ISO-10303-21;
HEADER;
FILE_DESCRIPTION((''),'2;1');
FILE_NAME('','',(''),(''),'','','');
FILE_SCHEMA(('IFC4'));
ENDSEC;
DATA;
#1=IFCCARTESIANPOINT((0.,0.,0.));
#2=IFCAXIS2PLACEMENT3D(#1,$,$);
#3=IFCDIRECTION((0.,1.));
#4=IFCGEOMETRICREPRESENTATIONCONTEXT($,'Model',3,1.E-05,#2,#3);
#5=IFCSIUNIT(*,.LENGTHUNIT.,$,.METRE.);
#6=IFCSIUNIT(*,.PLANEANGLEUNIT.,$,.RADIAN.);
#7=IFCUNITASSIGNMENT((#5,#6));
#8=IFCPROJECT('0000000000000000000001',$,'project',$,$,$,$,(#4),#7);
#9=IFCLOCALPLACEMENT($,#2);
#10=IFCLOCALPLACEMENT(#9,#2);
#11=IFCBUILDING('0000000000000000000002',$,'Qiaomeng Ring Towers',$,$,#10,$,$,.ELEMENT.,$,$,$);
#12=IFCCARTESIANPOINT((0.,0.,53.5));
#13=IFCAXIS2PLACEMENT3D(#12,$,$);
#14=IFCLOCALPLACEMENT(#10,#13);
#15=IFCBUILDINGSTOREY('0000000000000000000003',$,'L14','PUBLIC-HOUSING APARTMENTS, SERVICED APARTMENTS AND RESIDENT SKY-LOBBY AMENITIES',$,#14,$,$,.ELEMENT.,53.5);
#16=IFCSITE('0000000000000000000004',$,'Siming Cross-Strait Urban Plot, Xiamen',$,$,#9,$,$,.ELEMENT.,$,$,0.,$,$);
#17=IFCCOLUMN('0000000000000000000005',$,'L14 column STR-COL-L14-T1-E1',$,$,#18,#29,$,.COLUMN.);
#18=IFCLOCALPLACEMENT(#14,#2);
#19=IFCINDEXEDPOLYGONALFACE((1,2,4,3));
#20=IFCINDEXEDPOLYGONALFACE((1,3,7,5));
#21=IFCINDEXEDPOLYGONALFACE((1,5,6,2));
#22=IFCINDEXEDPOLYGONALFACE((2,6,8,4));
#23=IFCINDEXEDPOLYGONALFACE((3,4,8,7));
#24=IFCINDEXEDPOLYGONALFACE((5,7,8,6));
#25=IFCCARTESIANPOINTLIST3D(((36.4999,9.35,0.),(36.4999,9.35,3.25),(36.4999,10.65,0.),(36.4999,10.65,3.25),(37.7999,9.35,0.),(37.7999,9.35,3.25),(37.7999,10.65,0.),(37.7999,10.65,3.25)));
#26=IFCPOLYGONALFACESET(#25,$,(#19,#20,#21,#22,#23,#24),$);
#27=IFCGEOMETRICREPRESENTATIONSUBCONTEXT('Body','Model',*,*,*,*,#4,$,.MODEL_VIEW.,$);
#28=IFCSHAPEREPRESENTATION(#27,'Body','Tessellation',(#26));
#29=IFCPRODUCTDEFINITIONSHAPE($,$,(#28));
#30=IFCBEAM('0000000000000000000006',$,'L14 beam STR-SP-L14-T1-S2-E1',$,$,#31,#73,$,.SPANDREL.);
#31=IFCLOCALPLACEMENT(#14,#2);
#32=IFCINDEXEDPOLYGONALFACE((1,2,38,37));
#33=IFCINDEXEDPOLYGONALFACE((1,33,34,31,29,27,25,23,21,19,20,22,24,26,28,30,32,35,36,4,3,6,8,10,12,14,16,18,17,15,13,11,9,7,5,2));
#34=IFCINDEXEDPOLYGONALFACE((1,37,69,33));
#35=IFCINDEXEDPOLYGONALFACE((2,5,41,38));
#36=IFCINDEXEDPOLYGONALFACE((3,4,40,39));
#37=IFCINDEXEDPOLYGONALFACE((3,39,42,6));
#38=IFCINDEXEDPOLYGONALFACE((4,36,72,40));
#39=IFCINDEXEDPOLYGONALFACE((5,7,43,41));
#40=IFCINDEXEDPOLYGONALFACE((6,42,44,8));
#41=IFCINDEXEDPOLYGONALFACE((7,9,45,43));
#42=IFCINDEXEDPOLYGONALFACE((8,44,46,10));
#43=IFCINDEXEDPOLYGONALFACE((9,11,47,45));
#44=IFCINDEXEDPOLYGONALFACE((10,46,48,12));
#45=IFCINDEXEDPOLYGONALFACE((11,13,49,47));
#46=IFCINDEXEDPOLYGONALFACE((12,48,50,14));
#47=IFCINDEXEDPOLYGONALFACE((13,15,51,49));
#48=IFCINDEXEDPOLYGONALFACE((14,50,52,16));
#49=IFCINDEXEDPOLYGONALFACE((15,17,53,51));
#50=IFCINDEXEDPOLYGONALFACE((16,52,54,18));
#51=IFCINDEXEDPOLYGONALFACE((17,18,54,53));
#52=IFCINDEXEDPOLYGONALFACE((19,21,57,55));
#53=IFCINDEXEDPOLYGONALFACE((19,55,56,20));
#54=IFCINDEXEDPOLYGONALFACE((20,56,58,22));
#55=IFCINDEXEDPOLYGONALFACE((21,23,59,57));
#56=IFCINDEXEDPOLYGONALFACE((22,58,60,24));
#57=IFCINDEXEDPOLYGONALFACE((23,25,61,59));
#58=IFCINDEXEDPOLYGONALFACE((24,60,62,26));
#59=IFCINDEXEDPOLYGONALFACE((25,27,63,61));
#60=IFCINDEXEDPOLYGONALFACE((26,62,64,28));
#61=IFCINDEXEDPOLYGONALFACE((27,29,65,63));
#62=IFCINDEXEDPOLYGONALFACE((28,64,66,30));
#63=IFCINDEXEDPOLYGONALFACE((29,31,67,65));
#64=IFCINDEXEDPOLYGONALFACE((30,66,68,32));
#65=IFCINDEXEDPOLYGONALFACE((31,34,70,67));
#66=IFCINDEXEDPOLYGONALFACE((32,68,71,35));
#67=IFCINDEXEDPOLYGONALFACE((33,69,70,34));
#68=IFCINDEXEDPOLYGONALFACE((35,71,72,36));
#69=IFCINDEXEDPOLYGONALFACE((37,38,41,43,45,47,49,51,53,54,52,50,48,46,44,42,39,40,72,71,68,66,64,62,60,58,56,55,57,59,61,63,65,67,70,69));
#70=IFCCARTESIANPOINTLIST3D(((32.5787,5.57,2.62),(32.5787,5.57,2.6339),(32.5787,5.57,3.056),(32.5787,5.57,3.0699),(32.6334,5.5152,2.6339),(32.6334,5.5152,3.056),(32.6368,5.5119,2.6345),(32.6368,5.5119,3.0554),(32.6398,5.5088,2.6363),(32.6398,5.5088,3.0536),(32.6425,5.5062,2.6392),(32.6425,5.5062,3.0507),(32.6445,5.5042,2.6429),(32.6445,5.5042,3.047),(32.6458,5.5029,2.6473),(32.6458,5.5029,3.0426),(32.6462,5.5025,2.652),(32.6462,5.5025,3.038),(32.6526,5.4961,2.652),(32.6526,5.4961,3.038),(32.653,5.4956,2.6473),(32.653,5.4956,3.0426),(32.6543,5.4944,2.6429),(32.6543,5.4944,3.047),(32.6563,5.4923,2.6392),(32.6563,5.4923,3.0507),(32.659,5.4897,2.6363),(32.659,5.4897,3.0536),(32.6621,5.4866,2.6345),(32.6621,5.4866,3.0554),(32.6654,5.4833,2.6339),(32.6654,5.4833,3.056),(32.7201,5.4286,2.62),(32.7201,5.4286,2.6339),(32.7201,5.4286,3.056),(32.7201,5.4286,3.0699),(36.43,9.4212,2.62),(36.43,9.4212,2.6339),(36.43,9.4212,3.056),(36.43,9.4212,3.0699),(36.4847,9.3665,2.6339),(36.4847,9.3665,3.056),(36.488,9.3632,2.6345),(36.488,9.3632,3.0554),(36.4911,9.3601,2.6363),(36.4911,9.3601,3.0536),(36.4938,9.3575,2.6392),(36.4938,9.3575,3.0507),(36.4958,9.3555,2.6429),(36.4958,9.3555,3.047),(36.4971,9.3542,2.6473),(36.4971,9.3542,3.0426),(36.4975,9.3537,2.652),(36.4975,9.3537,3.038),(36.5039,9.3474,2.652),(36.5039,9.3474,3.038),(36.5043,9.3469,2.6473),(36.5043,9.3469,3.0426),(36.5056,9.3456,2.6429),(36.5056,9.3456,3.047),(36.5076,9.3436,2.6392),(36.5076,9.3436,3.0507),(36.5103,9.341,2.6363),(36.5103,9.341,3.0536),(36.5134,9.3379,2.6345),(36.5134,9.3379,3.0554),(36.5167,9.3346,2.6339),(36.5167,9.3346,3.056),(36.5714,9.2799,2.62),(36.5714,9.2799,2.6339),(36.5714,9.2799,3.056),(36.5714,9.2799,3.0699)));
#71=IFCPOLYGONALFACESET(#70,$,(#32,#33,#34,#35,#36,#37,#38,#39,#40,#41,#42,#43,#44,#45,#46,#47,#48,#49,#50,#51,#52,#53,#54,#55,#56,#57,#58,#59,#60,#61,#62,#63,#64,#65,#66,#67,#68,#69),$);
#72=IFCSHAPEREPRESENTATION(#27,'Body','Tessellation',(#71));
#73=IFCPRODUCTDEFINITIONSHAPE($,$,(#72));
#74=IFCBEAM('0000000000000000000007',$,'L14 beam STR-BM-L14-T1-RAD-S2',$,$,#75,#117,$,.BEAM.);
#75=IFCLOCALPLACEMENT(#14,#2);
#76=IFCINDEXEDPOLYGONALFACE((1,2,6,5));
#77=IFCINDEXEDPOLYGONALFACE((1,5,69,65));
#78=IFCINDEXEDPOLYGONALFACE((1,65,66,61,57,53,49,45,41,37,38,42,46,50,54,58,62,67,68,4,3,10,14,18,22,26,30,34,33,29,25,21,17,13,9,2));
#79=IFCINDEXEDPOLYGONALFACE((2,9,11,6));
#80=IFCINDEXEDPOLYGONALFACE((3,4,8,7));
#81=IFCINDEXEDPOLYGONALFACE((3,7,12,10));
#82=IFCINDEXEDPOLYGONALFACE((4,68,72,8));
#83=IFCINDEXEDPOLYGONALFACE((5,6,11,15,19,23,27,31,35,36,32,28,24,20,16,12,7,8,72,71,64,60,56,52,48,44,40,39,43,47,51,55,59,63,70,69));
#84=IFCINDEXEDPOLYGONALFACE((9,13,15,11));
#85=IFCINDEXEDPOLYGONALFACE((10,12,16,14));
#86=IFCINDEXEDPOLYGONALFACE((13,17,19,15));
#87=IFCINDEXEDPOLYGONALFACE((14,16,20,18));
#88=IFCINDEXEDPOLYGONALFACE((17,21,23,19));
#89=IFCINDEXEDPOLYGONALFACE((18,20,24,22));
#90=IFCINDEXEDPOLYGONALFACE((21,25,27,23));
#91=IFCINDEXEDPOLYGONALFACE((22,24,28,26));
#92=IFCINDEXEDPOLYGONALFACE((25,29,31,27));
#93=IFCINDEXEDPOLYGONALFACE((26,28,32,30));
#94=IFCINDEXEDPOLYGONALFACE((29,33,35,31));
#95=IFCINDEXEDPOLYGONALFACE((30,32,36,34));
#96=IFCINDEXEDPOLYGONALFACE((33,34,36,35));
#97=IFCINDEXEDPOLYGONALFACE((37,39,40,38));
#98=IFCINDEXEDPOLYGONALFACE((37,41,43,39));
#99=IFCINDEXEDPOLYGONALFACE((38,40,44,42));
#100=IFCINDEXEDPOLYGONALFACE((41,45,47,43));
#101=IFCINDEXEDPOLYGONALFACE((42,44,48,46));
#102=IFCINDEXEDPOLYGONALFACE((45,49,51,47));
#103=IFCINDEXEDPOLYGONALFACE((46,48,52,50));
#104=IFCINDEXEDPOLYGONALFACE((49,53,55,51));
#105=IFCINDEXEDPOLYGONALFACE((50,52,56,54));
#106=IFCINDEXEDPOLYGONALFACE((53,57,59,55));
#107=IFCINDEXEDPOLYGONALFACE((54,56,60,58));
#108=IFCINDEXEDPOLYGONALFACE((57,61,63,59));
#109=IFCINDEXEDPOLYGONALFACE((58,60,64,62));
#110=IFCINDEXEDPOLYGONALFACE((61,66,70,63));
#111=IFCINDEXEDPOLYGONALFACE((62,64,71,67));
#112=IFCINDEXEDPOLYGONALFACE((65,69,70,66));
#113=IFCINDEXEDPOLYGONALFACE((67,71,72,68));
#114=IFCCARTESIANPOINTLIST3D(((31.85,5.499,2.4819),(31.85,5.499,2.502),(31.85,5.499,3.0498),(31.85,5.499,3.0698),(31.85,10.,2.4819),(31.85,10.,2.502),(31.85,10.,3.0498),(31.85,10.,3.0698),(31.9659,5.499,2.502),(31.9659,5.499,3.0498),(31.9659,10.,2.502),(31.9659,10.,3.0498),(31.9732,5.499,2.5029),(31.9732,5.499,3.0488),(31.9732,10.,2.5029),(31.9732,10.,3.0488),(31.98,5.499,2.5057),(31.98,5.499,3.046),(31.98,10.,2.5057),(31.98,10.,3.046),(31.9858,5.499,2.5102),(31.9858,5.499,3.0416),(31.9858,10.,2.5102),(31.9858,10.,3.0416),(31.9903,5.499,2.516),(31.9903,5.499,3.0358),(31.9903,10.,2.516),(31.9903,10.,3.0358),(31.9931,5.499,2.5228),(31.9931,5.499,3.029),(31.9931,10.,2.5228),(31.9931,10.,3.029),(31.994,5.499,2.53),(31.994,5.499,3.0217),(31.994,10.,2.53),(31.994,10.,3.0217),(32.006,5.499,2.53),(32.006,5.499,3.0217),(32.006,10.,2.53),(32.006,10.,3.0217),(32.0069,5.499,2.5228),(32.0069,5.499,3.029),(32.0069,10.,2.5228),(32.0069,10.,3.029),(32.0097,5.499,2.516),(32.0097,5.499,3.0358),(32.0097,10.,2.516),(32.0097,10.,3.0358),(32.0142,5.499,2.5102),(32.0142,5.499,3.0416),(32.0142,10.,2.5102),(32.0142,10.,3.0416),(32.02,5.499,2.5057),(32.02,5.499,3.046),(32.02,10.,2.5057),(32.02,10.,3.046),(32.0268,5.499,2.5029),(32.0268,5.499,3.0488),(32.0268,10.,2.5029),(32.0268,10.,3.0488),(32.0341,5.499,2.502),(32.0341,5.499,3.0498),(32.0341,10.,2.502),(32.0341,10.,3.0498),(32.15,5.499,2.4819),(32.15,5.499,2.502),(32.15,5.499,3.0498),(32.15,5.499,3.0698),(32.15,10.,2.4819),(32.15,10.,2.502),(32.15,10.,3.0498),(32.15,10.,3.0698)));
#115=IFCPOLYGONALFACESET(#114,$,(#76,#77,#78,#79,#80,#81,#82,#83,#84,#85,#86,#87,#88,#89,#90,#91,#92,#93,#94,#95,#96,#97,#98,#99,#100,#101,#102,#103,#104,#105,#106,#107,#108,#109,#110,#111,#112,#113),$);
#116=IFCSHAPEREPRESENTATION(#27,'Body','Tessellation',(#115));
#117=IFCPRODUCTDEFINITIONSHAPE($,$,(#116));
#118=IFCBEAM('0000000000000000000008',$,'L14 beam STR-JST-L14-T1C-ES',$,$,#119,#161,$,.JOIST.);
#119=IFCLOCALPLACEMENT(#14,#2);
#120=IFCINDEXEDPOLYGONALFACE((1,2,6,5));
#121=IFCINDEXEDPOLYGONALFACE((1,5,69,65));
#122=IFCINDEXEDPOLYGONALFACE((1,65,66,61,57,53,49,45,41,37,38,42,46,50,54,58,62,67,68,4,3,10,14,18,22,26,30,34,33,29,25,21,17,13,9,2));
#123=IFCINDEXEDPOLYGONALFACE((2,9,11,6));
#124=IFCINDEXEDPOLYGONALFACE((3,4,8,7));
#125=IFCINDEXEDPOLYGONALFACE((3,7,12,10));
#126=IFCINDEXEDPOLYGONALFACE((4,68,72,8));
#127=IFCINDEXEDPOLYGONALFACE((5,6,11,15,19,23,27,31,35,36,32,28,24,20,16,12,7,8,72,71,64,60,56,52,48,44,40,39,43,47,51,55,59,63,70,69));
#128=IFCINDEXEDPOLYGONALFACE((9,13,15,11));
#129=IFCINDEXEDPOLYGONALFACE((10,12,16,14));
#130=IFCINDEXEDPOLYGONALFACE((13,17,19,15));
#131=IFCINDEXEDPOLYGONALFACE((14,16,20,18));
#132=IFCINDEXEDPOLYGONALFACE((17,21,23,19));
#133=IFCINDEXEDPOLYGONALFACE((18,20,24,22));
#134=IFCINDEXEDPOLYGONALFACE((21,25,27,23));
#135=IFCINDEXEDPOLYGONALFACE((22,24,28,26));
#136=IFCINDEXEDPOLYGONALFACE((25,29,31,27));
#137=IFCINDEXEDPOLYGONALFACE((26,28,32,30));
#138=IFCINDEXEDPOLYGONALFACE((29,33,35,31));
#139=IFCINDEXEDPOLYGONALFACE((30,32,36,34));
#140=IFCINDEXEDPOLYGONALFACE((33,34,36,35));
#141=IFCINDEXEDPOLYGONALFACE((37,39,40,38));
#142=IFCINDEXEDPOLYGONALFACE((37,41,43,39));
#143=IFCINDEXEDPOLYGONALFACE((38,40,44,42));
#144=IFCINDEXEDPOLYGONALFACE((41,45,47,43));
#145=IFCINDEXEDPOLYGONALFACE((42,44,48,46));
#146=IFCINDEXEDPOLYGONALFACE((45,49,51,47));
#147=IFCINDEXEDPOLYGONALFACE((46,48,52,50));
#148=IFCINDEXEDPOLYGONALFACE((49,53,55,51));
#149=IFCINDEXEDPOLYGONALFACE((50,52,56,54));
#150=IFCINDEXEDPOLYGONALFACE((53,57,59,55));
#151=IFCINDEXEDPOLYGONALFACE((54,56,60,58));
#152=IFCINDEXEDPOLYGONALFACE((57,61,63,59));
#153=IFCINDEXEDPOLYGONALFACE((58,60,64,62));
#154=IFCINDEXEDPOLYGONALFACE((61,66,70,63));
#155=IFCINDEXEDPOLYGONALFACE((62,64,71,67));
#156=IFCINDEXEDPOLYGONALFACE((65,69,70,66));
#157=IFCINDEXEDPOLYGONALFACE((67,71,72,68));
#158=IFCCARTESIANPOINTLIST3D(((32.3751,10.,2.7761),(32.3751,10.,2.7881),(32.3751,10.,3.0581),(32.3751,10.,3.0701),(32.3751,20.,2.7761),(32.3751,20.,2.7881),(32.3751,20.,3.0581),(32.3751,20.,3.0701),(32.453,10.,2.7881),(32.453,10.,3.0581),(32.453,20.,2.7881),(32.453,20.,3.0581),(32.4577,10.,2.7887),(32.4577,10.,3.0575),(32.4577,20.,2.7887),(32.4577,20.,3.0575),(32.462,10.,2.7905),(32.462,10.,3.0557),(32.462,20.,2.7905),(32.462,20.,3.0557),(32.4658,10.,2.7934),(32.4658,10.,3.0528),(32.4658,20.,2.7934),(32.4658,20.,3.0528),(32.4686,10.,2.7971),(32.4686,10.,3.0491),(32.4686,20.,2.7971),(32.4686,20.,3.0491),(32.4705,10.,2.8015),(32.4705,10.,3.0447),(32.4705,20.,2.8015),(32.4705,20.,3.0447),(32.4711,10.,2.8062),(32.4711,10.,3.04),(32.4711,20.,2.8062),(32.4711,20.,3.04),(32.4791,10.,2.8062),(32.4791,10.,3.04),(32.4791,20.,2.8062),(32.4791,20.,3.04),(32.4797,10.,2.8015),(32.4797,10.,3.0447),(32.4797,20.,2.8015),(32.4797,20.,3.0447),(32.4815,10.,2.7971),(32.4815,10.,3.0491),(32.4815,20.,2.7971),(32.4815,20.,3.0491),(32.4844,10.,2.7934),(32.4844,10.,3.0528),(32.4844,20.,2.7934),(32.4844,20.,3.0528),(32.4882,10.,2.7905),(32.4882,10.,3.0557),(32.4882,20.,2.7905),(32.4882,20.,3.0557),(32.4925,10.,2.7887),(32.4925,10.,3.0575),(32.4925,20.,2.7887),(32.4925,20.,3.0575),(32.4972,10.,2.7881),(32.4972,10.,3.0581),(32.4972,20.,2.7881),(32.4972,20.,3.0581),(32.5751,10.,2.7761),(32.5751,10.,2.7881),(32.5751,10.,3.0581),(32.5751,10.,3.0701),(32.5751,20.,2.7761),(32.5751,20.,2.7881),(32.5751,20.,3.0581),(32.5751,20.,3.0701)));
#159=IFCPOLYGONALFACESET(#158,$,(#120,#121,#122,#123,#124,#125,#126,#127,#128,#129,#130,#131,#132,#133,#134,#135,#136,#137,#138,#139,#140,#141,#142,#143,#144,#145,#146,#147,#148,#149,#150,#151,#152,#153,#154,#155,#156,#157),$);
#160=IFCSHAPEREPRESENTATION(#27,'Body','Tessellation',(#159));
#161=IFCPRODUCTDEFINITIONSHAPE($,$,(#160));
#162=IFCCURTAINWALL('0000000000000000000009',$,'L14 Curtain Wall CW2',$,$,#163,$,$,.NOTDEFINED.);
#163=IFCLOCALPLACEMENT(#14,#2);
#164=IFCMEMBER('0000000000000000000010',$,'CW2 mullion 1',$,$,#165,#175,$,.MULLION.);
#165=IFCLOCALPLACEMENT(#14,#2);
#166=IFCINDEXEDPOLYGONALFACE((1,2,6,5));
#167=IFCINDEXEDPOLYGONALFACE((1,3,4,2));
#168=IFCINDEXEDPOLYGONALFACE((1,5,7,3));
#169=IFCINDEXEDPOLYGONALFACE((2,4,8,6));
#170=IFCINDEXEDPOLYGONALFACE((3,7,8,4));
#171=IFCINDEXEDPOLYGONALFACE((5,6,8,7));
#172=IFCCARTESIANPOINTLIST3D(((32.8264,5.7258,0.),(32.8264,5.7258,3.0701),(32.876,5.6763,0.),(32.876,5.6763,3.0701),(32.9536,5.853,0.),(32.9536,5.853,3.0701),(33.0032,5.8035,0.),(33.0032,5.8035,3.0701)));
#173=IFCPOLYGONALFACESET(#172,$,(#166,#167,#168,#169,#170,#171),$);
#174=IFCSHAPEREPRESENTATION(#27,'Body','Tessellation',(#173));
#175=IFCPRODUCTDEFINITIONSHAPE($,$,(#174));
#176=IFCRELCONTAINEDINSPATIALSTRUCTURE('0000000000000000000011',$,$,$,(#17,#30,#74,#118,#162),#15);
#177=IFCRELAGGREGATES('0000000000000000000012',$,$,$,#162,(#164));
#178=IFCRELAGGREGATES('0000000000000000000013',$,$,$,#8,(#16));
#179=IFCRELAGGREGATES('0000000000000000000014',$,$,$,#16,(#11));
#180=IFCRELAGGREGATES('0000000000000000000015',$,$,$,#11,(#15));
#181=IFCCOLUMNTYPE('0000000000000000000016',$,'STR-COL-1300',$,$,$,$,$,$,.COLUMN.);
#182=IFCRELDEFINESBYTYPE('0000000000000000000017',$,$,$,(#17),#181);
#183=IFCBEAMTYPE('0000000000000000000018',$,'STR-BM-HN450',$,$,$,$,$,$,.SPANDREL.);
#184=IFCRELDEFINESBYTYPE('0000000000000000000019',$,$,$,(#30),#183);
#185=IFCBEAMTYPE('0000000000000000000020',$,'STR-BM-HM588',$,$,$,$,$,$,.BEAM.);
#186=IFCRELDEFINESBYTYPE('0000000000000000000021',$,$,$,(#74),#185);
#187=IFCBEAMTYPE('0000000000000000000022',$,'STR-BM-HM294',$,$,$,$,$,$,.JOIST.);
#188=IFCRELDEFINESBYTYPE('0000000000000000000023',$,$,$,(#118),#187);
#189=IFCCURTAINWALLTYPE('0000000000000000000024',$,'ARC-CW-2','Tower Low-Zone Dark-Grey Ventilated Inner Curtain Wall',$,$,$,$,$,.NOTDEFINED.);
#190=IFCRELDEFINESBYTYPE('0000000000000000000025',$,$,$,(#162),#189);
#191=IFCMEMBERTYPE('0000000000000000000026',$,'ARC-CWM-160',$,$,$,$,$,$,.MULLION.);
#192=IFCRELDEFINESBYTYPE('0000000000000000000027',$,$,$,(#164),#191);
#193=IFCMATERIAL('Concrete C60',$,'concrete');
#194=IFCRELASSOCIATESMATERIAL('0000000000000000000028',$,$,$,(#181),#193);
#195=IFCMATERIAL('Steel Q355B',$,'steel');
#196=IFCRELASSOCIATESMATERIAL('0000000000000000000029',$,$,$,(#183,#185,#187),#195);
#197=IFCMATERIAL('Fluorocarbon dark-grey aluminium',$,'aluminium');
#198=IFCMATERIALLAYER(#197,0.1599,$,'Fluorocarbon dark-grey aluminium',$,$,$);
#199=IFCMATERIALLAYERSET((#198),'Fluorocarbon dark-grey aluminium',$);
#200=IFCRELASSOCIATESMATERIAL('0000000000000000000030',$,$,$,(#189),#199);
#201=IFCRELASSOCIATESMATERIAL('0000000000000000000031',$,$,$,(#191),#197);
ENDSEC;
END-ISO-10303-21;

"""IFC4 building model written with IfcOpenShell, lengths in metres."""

from ifc_helpers import new_model, si_unit, direction, frame, origin, origin_2d, place, context, subcontext, project, spatial, rectangle, i_section, extrude, source, transform, mapped, material, layer, layer_set, material_profile, profile_set, type_object, element, aggregate, save


model = new_model("IFC4")

# Units and contexts
model_context = context("Model", 3, precision=1e-05, world=origin(), true_north=direction((0.0, 1.0)))
body_context = subcontext(model_context, "Body", "Model", "MODEL_VIEW")
ifc_project = project(units=[si_unit("LENGTHUNIT", "METRE"), si_unit("PLANEANGLEUNIT", "RADIAN")], contexts=[model_context])

# Site, building, storey
site_placement = place(None, origin())
site = spatial("IfcSite", under=ifc_project, at=site_placement, Name="Siming Cross-Strait Urban Plot, Xiamen", CompositionType="ELEMENT", RefElevation=0.0)
building_placement = place(site_placement, origin())
building = spatial("IfcBuilding", under=site, at=building_placement, Name="Qiaomeng Ring Towers", CompositionType="ELEMENT")
storey_placement = place(building_placement, frame((0.0, 0.0, 53.5)))
storey = spatial("IfcBuildingStorey", under=building, at=storey_placement, Name="L14", Description="PUBLIC-HOUSING APARTMENTS, SERVICED APARTMENTS AND RESIDENT SKY-LOBBY AMENITIES", CompositionType="ELEMENT", Elevation=53.5)

# Column
ifc_material_1 = material(Name="Concrete C60", Category="concrete")
ifc_material_profile_1 = material_profile(ifc_material_1, rectangle(XDim=1.3, YDim=1.3, at=origin_2d()), Name="RC COL 1300x1300")
ifc_profile_set_1 = profile_set([ifc_material_profile_1], Name="Concrete C60")
column_type = type_object("IfcColumnType", Name="STR-COL-1300", PredefinedType="COLUMN", material=ifc_profile_set_1)
shared_shape_1 = source(origin(), body_context, "Body", "SweptSolid", [
    extrude(rectangle(XDim=1.3, YDim=1.3, at=origin_2d()), origin(), (0.0, 0.0, 1.0), 3.25),
])
column_placement = place(storey_placement, frame((37.1499, 10.0, 0.0), z_axis=(0.0, 0.0, 1.0), x_axis=(1.0, 0.0, 0.0)))
element("IfcColumn", 1, at=column_placement, inside=storey, type_object=column_type, Name="L14 column STR-COL-L14-T1-E1", PredefinedType="COLUMN", context=body_context, shape_type="MappedRepresentation", body=[
    mapped(shared_shape_1, transform((0.0, 0.0, 0.0), x_axis=(1.0, 0.0, 0.0), y_axis=(0.0, 1.0, 0.0), z_axis=(0.0, 0.0, 1.0), scale=1.0)),
])

# Beams
ifc_material_2 = material(Name="Steel Q355B", Category="steel")
ifc_material_profile_2 = material_profile(ifc_material_2, i_section(OverallWidth=0.2, OverallDepth=0.45, WebThickness=0.009, FlangeThickness=0.0139, FilletRadius=0.0181, at=origin_2d()), Name="HN 450x200x9x14")
ifc_profile_set_2 = profile_set([ifc_material_profile_2], Name="Steel Q355B")
beam_type_1 = type_object("IfcBeamType", Name="STR-BM-HN450", PredefinedType="SPANDREL", material=ifc_profile_set_2)
shared_shape_2 = source(origin(), body_context, "Body", "SweptSolid", [
    extrude(i_section(OverallWidth=0.2, OverallDepth=0.45, WebThickness=0.009, FlangeThickness=0.0139, FilletRadius=0.0181, at=origin_2d()), origin(), (0.0, 0.0, 1.0), 5.4465),
])
beam_1_placement = place(storey_placement, frame((32.6494, 5.4993, 2.845), z_axis=(0.707107, 0.707107, 0.0), x_axis=(-0.707107, 0.707107, 0.0)))
element("IfcBeam", 2, at=beam_1_placement, inside=storey, type_object=beam_type_1, Name="L14 beam STR-SP-L14-T1-S2-E1", PredefinedType="SPANDREL", context=body_context, shape_type="MappedRepresentation", body=[
    mapped(shared_shape_2, transform((0.0, 0.0, 0.0), x_axis=(1.0, 0.0, 0.0), y_axis=(0.0, 1.0, 0.0), z_axis=(0.0, 0.0, 1.0), scale=1.0)),
])
ifc_material_profile_3 = material_profile(ifc_material_2, i_section(OverallWidth=0.3, OverallDepth=0.5879, WebThickness=0.012, FlangeThickness=0.02, FilletRadius=0.0281, at=origin_2d()), Name="HM 588x300x12x20")
ifc_profile_set_3 = profile_set([ifc_material_profile_3], Name="Steel Q355B")
beam_type_2 = type_object("IfcBeamType", Name="STR-BM-HM588", PredefinedType="BEAM", material=ifc_profile_set_3)
shared_shape_3 = source(origin(), body_context, "Body", "SweptSolid", [
    extrude(i_section(OverallWidth=0.3, OverallDepth=0.5879, WebThickness=0.012, FlangeThickness=0.02, FilletRadius=0.0281, at=origin_2d()), origin(), (0.0, 0.0, 1.0), 4.501),
])
beam_2_placement = place(storey_placement, frame((32.0, 5.499, 2.7759), z_axis=(0.0, 1.0, 0.0), x_axis=(-1.0, 0.0, 0.0)))
element("IfcBeam", 3, at=beam_2_placement, inside=storey, type_object=beam_type_2, Name="L14 beam STR-BM-L14-T1-RAD-S2", PredefinedType="BEAM", context=body_context, shape_type="MappedRepresentation", body=[
    mapped(shared_shape_3, transform((0.0, 0.0, 0.0), x_axis=(1.0, 0.0, 0.0), y_axis=(0.0, 1.0, 0.0), z_axis=(0.0, 0.0, 1.0), scale=1.0)),
])
ifc_material_profile_4 = material_profile(ifc_material_2, i_section(OverallWidth=0.2, OverallDepth=0.2939, WebThickness=0.0081, FlangeThickness=0.012, FilletRadius=0.0181, at=origin_2d()), Name="HM 294x200x8x12")
ifc_profile_set_4 = profile_set([ifc_material_profile_4], Name="Steel Q355B")
beam_type_3 = type_object("IfcBeamType", Name="STR-BM-HM294", PredefinedType="JOIST", material=ifc_profile_set_4)
shared_shape_4 = source(origin(), body_context, "Body", "SweptSolid", [
    extrude(i_section(OverallWidth=0.2, OverallDepth=0.2939, WebThickness=0.0081, FlangeThickness=0.012, FilletRadius=0.0181, at=origin_2d()), origin(), (0.0, 0.0, 1.0), 10.0),
])
beam_3_placement = place(storey_placement, frame((32.4751, 10.0, 2.9231), z_axis=(0.0, 1.0, 0.0), x_axis=(-1.0, 0.0, 0.0)))
element("IfcBeam", 4, at=beam_3_placement, inside=storey, type_object=beam_type_3, Name="L14 beam STR-JST-L14-T1C-ES", PredefinedType="JOIST", context=body_context, shape_type="MappedRepresentation", body=[
    mapped(shared_shape_4, transform((0.0, 0.0, 0.0), x_axis=(1.0, 0.0, 0.0), y_axis=(0.0, 1.0, 0.0), z_axis=(0.0, 0.0, 1.0), scale=1.0)),
])

# Curtain wall, member
ifc_material_3 = material(Name="Fluorocarbon dark-grey aluminium", Category="aluminium")
ifc_layer_1 = layer(ifc_material_3, 0.1599, Name="Fluorocarbon dark-grey aluminium")
ifc_layer_set_1 = layer_set([ifc_layer_1], Name="Fluorocarbon dark-grey aluminium")
curtain_wall_type = type_object("IfcCurtainWallType", Name="ARC-CW-2", Description="Tower Low-Zone Dark-Grey Ventilated Inner Curtain Wall", PredefinedType="NOTDEFINED", material=ifc_layer_set_1)
curtain_wall_placement = place(storey_placement, origin())
curtain_wall = element("IfcCurtainWall", 5, at=curtain_wall_placement, inside=storey, type_object=curtain_wall_type, Name="L14 Curtain Wall CW2", PredefinedType="NOTDEFINED")
ifc_material_profile_5 = material_profile(ifc_material_3, rectangle(XDim=0.0701, YDim=0.1799, at=origin_2d()), Name="ALU MULL 70x180")
ifc_profile_set_5 = profile_set([ifc_material_profile_5], Name="Fluorocarbon dark-grey aluminium")
member_type_1 = type_object("IfcMemberType", Name="ARC-CWM-160", PredefinedType="MULLION", material=ifc_profile_set_5)
shared_shape_5 = source(origin(), body_context, "Body", "SweptSolid", [
    extrude(rectangle(XDim=0.0701, YDim=0.1799, at=origin_2d()), origin(), (0.0, 0.0, 1.0), 3.0701),
])
member_1_placement = place(storey_placement, frame((32.9148, 5.7646, 0.0), z_axis=(0.0, 0.0, 1.0), x_axis=(-0.707107, 0.707107, 0.0)))
member_1 = element("IfcMember", 6, at=member_1_placement, type_object=member_type_1, Name="CW2 mullion 1", PredefinedType="MULLION", context=body_context, shape_type="MappedRepresentation", body=[
    mapped(shared_shape_5, transform((0.0, 0.0, 0.0), x_axis=(1.0, 0.0, 0.0), y_axis=(0.0, 1.0, 0.0), z_axis=(0.0, 0.0, 1.0), scale=1.0)),
])
aggregate(curtain_wall, [member_1])

save(model, "model.ifc")
